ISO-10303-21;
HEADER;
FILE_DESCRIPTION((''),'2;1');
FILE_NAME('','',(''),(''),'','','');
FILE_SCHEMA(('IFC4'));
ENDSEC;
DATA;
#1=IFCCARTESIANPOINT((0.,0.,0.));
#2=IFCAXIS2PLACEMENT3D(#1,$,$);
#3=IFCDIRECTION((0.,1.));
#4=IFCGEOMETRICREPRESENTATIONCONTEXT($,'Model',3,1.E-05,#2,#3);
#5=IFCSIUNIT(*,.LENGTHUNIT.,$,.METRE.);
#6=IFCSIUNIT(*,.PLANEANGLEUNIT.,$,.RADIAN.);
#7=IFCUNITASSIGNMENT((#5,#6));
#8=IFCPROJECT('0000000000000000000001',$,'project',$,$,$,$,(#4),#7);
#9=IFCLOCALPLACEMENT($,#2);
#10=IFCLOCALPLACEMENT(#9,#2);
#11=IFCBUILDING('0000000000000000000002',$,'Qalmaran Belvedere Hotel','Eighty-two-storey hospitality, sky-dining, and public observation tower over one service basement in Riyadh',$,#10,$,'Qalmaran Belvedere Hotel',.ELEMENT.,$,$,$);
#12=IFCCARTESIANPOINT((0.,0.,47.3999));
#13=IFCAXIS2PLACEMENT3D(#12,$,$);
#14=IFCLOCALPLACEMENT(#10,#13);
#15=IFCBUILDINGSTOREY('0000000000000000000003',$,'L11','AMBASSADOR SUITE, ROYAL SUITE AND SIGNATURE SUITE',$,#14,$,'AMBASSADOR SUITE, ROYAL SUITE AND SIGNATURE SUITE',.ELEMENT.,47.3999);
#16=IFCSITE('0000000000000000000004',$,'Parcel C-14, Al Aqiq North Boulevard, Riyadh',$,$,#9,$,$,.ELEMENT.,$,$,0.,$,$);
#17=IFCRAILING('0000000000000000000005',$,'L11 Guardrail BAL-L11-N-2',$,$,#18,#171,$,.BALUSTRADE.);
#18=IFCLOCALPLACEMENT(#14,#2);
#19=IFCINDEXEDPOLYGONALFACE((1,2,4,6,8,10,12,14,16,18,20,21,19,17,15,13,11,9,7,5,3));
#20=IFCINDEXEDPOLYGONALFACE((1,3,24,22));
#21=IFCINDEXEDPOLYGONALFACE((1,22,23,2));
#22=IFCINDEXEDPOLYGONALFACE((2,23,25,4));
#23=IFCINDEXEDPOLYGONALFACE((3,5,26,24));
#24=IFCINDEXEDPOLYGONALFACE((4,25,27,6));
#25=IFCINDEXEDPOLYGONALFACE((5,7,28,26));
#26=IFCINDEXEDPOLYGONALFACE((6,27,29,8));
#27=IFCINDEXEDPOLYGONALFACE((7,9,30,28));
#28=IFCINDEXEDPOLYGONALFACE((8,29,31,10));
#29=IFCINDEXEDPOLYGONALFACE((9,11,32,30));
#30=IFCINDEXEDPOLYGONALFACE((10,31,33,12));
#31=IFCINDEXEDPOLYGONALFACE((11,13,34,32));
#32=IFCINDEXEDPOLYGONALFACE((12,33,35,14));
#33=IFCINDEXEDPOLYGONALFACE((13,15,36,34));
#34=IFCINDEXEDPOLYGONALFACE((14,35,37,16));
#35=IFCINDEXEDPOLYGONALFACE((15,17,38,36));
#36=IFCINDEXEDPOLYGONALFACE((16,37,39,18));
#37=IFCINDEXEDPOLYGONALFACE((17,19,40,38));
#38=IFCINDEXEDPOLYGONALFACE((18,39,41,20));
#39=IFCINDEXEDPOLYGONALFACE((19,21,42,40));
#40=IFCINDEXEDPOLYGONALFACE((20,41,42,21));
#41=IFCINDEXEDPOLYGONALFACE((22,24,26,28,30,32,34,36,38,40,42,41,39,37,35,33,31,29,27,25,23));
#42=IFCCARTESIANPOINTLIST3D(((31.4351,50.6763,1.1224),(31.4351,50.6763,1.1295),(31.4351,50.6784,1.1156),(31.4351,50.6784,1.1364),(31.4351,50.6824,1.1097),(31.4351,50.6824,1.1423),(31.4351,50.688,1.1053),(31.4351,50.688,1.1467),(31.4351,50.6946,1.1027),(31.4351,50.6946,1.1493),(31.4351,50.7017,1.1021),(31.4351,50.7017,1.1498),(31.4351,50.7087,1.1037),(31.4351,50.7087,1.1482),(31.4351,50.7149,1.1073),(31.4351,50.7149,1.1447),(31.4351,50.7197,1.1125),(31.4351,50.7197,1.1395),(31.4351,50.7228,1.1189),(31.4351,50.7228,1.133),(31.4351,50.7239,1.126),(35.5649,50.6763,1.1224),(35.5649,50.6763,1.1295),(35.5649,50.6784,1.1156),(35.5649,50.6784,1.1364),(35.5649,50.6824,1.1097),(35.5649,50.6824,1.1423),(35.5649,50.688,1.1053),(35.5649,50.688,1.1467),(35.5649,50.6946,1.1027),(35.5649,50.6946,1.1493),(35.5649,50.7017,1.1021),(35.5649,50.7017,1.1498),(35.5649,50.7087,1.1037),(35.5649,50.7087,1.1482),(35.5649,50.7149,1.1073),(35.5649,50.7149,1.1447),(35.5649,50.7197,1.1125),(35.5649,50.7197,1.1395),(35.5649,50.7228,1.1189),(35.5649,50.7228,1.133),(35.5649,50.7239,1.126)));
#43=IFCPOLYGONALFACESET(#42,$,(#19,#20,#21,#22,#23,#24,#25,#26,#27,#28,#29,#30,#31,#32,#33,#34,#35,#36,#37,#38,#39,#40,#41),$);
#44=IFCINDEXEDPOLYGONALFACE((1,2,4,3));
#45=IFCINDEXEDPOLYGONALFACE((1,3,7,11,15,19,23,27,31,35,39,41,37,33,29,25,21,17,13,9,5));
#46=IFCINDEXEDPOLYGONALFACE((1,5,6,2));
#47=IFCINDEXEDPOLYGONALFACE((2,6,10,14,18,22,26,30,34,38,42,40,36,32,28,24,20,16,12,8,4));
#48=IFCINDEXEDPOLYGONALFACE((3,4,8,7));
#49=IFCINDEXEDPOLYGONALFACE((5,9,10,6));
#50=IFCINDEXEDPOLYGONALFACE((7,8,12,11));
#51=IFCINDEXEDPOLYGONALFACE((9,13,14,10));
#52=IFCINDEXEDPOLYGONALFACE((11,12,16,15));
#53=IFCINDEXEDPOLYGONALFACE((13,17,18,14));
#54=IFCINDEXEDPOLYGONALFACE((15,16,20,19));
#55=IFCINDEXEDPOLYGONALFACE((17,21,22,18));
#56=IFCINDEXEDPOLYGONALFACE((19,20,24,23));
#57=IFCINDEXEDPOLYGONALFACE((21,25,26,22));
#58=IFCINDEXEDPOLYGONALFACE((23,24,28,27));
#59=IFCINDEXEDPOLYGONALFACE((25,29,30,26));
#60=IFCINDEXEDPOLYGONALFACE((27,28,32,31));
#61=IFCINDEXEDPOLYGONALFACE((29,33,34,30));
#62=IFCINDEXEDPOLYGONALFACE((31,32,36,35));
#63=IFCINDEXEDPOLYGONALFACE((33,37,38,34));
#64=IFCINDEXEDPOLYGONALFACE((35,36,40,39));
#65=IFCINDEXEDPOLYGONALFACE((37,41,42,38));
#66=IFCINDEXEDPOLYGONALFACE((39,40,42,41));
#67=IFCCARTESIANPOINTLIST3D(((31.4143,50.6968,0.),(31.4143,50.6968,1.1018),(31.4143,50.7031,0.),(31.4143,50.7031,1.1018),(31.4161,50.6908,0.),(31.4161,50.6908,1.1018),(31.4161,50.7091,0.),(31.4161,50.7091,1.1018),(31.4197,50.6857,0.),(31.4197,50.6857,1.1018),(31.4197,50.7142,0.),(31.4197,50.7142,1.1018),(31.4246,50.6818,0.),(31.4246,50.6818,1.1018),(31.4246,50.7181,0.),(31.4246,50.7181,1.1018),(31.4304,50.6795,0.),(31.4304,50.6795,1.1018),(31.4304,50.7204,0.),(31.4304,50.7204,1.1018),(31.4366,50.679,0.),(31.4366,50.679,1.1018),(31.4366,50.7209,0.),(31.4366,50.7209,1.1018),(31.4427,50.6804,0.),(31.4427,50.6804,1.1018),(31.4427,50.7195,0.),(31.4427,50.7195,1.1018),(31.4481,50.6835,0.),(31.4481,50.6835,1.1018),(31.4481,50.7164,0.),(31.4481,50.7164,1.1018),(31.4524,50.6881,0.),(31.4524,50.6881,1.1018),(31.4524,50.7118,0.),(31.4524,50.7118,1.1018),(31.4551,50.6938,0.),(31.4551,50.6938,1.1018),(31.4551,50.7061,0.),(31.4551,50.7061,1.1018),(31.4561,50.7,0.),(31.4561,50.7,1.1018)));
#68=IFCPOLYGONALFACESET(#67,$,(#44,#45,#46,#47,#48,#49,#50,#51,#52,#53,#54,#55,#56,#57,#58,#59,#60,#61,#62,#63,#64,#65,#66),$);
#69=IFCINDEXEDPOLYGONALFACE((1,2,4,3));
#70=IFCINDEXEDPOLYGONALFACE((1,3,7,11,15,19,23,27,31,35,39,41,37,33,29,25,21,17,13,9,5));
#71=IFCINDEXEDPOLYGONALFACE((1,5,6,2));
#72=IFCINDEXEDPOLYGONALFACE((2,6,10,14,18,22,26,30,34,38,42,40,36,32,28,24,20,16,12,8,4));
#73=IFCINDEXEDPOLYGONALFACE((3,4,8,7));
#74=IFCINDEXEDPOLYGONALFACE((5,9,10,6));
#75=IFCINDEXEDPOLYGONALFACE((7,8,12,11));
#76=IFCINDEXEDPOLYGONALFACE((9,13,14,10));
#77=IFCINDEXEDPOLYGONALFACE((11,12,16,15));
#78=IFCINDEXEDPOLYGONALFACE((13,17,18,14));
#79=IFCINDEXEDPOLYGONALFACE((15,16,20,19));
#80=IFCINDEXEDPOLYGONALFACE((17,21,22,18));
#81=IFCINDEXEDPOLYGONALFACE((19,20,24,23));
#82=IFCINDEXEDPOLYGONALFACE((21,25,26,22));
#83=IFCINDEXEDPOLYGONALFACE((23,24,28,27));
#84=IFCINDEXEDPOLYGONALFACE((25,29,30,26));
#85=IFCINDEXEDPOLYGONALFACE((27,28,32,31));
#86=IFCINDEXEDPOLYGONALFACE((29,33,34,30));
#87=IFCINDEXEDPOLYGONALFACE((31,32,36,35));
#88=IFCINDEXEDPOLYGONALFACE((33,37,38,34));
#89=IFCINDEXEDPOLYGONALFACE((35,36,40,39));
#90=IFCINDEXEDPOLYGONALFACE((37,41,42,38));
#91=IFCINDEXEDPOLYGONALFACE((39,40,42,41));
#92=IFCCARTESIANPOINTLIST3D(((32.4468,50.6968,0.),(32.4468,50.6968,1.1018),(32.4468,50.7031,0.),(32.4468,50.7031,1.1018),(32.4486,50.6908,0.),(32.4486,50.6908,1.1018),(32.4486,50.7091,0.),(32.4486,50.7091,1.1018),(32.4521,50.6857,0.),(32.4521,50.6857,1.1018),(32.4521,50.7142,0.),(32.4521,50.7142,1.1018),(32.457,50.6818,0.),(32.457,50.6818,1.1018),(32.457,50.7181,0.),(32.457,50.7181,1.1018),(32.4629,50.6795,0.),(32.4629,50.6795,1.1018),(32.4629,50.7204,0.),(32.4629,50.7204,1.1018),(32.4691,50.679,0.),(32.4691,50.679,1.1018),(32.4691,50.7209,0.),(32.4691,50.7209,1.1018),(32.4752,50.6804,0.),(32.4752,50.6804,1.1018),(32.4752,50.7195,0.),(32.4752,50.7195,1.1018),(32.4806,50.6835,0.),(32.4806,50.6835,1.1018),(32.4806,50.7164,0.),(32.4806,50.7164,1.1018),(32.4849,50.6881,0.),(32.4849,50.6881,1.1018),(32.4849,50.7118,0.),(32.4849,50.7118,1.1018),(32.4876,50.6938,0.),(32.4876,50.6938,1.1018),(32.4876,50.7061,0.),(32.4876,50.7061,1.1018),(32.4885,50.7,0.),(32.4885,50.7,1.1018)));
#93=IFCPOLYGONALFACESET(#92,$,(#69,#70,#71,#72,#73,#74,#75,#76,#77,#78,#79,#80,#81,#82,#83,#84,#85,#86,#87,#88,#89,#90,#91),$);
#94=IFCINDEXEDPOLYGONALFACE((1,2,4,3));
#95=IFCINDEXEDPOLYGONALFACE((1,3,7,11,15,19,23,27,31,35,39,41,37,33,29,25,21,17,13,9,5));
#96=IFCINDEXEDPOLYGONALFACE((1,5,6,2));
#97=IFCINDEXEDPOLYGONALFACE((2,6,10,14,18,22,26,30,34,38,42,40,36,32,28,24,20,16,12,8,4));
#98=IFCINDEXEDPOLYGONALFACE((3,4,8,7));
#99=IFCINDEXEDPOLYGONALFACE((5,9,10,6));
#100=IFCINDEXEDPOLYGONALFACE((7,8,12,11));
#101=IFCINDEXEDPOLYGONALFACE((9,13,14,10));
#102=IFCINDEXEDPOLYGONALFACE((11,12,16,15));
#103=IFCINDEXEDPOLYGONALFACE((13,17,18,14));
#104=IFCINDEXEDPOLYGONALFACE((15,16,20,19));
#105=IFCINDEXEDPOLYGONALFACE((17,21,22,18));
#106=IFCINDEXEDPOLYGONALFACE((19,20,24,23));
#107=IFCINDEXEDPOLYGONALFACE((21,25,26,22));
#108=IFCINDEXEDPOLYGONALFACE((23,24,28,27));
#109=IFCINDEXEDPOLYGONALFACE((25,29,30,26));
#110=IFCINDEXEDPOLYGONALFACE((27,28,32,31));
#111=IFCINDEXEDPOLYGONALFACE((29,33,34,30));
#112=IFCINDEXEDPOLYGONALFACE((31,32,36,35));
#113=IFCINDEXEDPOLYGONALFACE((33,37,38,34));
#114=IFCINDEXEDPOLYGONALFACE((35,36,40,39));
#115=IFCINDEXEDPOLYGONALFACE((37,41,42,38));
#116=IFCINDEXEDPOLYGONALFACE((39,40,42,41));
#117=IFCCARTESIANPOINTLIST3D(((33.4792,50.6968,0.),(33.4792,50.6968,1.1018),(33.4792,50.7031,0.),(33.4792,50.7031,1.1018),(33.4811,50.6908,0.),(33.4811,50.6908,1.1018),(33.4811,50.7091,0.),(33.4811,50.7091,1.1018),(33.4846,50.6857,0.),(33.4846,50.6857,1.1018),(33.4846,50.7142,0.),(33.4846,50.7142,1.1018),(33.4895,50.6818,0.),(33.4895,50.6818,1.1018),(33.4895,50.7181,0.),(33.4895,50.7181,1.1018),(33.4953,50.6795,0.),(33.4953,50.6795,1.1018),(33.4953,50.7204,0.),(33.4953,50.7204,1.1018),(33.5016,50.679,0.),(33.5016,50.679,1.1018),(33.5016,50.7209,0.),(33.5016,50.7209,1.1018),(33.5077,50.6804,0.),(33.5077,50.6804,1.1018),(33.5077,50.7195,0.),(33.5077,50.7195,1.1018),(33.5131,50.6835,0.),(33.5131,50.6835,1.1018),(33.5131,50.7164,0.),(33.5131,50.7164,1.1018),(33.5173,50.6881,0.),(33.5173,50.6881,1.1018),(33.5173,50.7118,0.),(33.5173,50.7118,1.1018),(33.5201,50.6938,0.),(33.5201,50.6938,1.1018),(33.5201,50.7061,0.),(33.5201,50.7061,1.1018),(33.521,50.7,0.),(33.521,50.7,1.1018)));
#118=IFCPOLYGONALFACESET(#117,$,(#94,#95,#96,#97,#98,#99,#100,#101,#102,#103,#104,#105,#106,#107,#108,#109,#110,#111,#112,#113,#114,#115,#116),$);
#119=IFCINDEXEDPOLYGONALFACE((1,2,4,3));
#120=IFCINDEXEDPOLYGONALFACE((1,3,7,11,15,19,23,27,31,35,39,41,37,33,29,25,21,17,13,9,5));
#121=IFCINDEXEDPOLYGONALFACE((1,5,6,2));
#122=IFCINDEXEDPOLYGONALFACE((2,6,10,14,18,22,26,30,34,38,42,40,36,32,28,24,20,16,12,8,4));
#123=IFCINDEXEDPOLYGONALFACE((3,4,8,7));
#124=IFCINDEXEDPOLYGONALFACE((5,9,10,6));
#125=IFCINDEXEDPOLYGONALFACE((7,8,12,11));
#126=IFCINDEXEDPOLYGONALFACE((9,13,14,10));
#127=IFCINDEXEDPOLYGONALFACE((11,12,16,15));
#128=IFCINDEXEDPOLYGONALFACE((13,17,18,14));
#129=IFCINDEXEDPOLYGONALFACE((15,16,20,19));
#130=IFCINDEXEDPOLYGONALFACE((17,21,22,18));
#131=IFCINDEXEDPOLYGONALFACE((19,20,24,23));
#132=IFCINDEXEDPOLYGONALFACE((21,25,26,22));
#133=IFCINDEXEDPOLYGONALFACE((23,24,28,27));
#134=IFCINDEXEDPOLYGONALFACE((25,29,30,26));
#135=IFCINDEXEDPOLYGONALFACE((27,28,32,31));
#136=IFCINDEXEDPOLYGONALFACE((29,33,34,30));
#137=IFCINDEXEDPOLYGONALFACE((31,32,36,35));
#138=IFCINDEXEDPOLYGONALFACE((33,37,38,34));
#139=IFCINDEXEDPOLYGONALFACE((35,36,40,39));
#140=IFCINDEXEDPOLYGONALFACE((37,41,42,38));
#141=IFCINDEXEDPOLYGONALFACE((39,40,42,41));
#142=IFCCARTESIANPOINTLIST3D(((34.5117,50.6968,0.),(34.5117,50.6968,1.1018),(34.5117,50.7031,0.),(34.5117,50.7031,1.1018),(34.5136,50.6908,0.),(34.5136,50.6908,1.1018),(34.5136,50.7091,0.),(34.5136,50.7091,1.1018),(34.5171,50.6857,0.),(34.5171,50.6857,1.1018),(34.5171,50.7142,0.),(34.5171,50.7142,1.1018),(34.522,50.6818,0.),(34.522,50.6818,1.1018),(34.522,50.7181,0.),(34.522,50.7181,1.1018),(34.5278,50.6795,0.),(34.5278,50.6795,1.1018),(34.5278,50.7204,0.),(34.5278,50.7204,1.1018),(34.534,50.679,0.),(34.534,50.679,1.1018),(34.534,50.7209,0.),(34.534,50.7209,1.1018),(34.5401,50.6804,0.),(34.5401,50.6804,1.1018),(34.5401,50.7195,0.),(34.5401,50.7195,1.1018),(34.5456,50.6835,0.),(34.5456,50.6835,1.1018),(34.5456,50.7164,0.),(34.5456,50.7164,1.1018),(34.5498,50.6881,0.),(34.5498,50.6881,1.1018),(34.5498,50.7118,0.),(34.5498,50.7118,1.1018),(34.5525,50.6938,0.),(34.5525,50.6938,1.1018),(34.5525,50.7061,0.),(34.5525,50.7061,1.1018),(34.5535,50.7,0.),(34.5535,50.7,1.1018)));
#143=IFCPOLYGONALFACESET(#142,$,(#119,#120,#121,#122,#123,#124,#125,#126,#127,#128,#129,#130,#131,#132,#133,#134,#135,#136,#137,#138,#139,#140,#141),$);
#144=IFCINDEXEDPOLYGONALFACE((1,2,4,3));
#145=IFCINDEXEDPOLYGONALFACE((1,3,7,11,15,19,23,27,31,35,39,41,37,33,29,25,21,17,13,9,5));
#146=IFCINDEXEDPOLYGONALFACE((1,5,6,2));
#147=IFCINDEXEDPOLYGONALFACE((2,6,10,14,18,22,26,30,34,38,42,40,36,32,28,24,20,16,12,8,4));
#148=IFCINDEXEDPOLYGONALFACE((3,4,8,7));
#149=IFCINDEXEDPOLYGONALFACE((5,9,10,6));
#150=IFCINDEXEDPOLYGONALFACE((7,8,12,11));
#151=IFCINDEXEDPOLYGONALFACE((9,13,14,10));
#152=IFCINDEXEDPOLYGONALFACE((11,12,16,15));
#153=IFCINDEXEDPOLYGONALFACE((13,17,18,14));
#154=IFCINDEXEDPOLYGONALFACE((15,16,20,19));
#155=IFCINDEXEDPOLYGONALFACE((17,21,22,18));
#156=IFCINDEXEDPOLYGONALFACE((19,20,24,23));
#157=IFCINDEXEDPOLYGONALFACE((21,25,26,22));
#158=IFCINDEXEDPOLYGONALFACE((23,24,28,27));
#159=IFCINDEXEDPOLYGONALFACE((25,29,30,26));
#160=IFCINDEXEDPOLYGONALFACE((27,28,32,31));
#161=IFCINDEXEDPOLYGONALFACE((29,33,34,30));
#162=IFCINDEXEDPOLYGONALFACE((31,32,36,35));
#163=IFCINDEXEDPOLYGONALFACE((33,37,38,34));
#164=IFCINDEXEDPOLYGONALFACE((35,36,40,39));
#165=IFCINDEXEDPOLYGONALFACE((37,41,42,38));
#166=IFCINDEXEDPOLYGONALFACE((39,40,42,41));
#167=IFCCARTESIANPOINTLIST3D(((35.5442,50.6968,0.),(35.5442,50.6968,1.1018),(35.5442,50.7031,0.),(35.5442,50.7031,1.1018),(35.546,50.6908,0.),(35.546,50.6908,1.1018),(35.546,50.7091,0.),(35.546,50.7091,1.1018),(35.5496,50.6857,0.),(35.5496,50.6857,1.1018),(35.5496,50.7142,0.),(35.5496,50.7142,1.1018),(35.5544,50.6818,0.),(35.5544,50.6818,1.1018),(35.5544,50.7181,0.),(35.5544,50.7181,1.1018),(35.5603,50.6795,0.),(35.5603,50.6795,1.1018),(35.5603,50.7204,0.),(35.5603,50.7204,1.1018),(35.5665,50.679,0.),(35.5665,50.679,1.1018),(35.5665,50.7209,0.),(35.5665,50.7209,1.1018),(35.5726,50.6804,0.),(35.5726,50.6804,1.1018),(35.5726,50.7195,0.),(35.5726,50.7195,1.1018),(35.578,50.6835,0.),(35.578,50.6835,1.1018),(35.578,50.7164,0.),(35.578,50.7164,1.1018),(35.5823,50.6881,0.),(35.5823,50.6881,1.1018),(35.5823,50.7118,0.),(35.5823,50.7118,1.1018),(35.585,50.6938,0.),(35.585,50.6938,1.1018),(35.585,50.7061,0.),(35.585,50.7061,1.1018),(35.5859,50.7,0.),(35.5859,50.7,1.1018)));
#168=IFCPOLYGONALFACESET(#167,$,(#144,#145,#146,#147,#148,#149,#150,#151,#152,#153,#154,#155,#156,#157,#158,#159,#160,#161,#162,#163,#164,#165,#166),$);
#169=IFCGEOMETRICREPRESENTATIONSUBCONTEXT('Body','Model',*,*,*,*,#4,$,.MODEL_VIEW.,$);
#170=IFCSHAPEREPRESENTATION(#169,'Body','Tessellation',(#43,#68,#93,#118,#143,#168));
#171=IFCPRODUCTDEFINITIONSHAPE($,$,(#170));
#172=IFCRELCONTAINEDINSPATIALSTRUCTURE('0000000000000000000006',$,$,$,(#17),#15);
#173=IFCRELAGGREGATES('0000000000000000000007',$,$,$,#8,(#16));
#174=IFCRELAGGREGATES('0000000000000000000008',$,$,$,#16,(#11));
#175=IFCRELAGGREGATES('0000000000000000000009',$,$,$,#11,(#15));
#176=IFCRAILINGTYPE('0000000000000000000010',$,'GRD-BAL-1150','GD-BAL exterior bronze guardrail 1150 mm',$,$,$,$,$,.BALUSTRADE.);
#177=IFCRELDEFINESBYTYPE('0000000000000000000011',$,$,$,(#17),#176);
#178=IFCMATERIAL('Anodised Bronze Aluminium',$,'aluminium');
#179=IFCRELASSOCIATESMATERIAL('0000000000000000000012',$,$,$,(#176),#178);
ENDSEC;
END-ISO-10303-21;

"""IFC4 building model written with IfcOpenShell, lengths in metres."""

from ifc_helpers import new_model, si_unit, direction, frame, origin, origin_2d, place, context, subcontext, project, spatial, circle, extrude, material, type_object, element, save


model = new_model("IFC4")

# Units and contexts
model_context = context("Model", 3, precision=1e-05, world=origin(), true_north=direction((0.0, 1.0)))
body_context = subcontext(model_context, "Body", "Model", "MODEL_VIEW")
ifc_project = project(units=[si_unit("LENGTHUNIT", "METRE"), si_unit("PLANEANGLEUNIT", "RADIAN")], contexts=[model_context])

# Site, building, storey
site_placement = place(None, origin())
site = spatial("IfcSite", under=ifc_project, at=site_placement, Name="Parcel C-14, Al Aqiq North Boulevard, Riyadh", CompositionType="ELEMENT", RefElevation=0.0)
building_placement = place(site_placement, origin())
building = spatial("IfcBuilding", under=site, at=building_placement, Name="Qalmaran Belvedere Hotel", Description="Eighty-two-storey hospitality, sky-dining, and public observation tower over one service basement in Riyadh", LongName="Qalmaran Belvedere Hotel", CompositionType="ELEMENT")
storey_placement = place(building_placement, frame((0.0, 0.0, 47.3999)))
storey = spatial("IfcBuildingStorey", under=building, at=storey_placement, Name="L11", Description="AMBASSADOR SUITE, ROYAL SUITE AND SIGNATURE SUITE", LongName="AMBASSADOR SUITE, ROYAL SUITE AND SIGNATURE SUITE", CompositionType="ELEMENT", Elevation=47.3999)

# Shared definitions
ifc_material_1 = material(Name="Anodised Bronze Aluminium", Category="aluminium")

# Railing
railing_type = type_object("IfcRailingType", Name="GRD-BAL-1150", Description="GD-BAL exterior bronze guardrail 1150 mm", PredefinedType="BALUSTRADE", material=ifc_material_1)
railing_1_placement = place(storey_placement, frame((31.4351, 50.7, 0.0)))
element("IfcRailing", 1, at=railing_1_placement, inside=storey, type_object=railing_type, Name="L11 Guardrail BAL-L11-N-2", PredefinedType="BALUSTRADE", context=body_context, shape_type="SweptSolid", body=[
    extrude(circle(Radius=0.0239, at=origin_2d()), frame((0.0, 0.0, 1.126), z_axis=(1.0, 0.0, 0.0), x_axis=(0.0, 1.0, 0.0)), (0.0, 0.0, 1.0), 4.1299),
    extrude(circle(Radius=0.021, at=origin_2d()), origin(), (0.0, 0.0, 1.0), 1.1018),
    extrude(circle(Radius=0.021, at=origin_2d()), frame((1.0325, 0.0, 0.0)), (0.0, 0.0, 1.0), 1.1018),
    extrude(circle(Radius=0.021, at=origin_2d()), frame((2.0649, 0.0, 0.0)), (0.0, 0.0, 1.0), 1.1018),
    extrude(circle(Radius=0.021, at=origin_2d()), frame((3.0974, 0.0, 0.0)), (0.0, 0.0, 1.0), 1.1018),
    extrude(circle(Radius=0.021, at=origin_2d()), frame((4.1299, 0.0, 0.0)), (0.0, 0.0, 1.0), 1.1018),
])

save(model, "model.ifc")
